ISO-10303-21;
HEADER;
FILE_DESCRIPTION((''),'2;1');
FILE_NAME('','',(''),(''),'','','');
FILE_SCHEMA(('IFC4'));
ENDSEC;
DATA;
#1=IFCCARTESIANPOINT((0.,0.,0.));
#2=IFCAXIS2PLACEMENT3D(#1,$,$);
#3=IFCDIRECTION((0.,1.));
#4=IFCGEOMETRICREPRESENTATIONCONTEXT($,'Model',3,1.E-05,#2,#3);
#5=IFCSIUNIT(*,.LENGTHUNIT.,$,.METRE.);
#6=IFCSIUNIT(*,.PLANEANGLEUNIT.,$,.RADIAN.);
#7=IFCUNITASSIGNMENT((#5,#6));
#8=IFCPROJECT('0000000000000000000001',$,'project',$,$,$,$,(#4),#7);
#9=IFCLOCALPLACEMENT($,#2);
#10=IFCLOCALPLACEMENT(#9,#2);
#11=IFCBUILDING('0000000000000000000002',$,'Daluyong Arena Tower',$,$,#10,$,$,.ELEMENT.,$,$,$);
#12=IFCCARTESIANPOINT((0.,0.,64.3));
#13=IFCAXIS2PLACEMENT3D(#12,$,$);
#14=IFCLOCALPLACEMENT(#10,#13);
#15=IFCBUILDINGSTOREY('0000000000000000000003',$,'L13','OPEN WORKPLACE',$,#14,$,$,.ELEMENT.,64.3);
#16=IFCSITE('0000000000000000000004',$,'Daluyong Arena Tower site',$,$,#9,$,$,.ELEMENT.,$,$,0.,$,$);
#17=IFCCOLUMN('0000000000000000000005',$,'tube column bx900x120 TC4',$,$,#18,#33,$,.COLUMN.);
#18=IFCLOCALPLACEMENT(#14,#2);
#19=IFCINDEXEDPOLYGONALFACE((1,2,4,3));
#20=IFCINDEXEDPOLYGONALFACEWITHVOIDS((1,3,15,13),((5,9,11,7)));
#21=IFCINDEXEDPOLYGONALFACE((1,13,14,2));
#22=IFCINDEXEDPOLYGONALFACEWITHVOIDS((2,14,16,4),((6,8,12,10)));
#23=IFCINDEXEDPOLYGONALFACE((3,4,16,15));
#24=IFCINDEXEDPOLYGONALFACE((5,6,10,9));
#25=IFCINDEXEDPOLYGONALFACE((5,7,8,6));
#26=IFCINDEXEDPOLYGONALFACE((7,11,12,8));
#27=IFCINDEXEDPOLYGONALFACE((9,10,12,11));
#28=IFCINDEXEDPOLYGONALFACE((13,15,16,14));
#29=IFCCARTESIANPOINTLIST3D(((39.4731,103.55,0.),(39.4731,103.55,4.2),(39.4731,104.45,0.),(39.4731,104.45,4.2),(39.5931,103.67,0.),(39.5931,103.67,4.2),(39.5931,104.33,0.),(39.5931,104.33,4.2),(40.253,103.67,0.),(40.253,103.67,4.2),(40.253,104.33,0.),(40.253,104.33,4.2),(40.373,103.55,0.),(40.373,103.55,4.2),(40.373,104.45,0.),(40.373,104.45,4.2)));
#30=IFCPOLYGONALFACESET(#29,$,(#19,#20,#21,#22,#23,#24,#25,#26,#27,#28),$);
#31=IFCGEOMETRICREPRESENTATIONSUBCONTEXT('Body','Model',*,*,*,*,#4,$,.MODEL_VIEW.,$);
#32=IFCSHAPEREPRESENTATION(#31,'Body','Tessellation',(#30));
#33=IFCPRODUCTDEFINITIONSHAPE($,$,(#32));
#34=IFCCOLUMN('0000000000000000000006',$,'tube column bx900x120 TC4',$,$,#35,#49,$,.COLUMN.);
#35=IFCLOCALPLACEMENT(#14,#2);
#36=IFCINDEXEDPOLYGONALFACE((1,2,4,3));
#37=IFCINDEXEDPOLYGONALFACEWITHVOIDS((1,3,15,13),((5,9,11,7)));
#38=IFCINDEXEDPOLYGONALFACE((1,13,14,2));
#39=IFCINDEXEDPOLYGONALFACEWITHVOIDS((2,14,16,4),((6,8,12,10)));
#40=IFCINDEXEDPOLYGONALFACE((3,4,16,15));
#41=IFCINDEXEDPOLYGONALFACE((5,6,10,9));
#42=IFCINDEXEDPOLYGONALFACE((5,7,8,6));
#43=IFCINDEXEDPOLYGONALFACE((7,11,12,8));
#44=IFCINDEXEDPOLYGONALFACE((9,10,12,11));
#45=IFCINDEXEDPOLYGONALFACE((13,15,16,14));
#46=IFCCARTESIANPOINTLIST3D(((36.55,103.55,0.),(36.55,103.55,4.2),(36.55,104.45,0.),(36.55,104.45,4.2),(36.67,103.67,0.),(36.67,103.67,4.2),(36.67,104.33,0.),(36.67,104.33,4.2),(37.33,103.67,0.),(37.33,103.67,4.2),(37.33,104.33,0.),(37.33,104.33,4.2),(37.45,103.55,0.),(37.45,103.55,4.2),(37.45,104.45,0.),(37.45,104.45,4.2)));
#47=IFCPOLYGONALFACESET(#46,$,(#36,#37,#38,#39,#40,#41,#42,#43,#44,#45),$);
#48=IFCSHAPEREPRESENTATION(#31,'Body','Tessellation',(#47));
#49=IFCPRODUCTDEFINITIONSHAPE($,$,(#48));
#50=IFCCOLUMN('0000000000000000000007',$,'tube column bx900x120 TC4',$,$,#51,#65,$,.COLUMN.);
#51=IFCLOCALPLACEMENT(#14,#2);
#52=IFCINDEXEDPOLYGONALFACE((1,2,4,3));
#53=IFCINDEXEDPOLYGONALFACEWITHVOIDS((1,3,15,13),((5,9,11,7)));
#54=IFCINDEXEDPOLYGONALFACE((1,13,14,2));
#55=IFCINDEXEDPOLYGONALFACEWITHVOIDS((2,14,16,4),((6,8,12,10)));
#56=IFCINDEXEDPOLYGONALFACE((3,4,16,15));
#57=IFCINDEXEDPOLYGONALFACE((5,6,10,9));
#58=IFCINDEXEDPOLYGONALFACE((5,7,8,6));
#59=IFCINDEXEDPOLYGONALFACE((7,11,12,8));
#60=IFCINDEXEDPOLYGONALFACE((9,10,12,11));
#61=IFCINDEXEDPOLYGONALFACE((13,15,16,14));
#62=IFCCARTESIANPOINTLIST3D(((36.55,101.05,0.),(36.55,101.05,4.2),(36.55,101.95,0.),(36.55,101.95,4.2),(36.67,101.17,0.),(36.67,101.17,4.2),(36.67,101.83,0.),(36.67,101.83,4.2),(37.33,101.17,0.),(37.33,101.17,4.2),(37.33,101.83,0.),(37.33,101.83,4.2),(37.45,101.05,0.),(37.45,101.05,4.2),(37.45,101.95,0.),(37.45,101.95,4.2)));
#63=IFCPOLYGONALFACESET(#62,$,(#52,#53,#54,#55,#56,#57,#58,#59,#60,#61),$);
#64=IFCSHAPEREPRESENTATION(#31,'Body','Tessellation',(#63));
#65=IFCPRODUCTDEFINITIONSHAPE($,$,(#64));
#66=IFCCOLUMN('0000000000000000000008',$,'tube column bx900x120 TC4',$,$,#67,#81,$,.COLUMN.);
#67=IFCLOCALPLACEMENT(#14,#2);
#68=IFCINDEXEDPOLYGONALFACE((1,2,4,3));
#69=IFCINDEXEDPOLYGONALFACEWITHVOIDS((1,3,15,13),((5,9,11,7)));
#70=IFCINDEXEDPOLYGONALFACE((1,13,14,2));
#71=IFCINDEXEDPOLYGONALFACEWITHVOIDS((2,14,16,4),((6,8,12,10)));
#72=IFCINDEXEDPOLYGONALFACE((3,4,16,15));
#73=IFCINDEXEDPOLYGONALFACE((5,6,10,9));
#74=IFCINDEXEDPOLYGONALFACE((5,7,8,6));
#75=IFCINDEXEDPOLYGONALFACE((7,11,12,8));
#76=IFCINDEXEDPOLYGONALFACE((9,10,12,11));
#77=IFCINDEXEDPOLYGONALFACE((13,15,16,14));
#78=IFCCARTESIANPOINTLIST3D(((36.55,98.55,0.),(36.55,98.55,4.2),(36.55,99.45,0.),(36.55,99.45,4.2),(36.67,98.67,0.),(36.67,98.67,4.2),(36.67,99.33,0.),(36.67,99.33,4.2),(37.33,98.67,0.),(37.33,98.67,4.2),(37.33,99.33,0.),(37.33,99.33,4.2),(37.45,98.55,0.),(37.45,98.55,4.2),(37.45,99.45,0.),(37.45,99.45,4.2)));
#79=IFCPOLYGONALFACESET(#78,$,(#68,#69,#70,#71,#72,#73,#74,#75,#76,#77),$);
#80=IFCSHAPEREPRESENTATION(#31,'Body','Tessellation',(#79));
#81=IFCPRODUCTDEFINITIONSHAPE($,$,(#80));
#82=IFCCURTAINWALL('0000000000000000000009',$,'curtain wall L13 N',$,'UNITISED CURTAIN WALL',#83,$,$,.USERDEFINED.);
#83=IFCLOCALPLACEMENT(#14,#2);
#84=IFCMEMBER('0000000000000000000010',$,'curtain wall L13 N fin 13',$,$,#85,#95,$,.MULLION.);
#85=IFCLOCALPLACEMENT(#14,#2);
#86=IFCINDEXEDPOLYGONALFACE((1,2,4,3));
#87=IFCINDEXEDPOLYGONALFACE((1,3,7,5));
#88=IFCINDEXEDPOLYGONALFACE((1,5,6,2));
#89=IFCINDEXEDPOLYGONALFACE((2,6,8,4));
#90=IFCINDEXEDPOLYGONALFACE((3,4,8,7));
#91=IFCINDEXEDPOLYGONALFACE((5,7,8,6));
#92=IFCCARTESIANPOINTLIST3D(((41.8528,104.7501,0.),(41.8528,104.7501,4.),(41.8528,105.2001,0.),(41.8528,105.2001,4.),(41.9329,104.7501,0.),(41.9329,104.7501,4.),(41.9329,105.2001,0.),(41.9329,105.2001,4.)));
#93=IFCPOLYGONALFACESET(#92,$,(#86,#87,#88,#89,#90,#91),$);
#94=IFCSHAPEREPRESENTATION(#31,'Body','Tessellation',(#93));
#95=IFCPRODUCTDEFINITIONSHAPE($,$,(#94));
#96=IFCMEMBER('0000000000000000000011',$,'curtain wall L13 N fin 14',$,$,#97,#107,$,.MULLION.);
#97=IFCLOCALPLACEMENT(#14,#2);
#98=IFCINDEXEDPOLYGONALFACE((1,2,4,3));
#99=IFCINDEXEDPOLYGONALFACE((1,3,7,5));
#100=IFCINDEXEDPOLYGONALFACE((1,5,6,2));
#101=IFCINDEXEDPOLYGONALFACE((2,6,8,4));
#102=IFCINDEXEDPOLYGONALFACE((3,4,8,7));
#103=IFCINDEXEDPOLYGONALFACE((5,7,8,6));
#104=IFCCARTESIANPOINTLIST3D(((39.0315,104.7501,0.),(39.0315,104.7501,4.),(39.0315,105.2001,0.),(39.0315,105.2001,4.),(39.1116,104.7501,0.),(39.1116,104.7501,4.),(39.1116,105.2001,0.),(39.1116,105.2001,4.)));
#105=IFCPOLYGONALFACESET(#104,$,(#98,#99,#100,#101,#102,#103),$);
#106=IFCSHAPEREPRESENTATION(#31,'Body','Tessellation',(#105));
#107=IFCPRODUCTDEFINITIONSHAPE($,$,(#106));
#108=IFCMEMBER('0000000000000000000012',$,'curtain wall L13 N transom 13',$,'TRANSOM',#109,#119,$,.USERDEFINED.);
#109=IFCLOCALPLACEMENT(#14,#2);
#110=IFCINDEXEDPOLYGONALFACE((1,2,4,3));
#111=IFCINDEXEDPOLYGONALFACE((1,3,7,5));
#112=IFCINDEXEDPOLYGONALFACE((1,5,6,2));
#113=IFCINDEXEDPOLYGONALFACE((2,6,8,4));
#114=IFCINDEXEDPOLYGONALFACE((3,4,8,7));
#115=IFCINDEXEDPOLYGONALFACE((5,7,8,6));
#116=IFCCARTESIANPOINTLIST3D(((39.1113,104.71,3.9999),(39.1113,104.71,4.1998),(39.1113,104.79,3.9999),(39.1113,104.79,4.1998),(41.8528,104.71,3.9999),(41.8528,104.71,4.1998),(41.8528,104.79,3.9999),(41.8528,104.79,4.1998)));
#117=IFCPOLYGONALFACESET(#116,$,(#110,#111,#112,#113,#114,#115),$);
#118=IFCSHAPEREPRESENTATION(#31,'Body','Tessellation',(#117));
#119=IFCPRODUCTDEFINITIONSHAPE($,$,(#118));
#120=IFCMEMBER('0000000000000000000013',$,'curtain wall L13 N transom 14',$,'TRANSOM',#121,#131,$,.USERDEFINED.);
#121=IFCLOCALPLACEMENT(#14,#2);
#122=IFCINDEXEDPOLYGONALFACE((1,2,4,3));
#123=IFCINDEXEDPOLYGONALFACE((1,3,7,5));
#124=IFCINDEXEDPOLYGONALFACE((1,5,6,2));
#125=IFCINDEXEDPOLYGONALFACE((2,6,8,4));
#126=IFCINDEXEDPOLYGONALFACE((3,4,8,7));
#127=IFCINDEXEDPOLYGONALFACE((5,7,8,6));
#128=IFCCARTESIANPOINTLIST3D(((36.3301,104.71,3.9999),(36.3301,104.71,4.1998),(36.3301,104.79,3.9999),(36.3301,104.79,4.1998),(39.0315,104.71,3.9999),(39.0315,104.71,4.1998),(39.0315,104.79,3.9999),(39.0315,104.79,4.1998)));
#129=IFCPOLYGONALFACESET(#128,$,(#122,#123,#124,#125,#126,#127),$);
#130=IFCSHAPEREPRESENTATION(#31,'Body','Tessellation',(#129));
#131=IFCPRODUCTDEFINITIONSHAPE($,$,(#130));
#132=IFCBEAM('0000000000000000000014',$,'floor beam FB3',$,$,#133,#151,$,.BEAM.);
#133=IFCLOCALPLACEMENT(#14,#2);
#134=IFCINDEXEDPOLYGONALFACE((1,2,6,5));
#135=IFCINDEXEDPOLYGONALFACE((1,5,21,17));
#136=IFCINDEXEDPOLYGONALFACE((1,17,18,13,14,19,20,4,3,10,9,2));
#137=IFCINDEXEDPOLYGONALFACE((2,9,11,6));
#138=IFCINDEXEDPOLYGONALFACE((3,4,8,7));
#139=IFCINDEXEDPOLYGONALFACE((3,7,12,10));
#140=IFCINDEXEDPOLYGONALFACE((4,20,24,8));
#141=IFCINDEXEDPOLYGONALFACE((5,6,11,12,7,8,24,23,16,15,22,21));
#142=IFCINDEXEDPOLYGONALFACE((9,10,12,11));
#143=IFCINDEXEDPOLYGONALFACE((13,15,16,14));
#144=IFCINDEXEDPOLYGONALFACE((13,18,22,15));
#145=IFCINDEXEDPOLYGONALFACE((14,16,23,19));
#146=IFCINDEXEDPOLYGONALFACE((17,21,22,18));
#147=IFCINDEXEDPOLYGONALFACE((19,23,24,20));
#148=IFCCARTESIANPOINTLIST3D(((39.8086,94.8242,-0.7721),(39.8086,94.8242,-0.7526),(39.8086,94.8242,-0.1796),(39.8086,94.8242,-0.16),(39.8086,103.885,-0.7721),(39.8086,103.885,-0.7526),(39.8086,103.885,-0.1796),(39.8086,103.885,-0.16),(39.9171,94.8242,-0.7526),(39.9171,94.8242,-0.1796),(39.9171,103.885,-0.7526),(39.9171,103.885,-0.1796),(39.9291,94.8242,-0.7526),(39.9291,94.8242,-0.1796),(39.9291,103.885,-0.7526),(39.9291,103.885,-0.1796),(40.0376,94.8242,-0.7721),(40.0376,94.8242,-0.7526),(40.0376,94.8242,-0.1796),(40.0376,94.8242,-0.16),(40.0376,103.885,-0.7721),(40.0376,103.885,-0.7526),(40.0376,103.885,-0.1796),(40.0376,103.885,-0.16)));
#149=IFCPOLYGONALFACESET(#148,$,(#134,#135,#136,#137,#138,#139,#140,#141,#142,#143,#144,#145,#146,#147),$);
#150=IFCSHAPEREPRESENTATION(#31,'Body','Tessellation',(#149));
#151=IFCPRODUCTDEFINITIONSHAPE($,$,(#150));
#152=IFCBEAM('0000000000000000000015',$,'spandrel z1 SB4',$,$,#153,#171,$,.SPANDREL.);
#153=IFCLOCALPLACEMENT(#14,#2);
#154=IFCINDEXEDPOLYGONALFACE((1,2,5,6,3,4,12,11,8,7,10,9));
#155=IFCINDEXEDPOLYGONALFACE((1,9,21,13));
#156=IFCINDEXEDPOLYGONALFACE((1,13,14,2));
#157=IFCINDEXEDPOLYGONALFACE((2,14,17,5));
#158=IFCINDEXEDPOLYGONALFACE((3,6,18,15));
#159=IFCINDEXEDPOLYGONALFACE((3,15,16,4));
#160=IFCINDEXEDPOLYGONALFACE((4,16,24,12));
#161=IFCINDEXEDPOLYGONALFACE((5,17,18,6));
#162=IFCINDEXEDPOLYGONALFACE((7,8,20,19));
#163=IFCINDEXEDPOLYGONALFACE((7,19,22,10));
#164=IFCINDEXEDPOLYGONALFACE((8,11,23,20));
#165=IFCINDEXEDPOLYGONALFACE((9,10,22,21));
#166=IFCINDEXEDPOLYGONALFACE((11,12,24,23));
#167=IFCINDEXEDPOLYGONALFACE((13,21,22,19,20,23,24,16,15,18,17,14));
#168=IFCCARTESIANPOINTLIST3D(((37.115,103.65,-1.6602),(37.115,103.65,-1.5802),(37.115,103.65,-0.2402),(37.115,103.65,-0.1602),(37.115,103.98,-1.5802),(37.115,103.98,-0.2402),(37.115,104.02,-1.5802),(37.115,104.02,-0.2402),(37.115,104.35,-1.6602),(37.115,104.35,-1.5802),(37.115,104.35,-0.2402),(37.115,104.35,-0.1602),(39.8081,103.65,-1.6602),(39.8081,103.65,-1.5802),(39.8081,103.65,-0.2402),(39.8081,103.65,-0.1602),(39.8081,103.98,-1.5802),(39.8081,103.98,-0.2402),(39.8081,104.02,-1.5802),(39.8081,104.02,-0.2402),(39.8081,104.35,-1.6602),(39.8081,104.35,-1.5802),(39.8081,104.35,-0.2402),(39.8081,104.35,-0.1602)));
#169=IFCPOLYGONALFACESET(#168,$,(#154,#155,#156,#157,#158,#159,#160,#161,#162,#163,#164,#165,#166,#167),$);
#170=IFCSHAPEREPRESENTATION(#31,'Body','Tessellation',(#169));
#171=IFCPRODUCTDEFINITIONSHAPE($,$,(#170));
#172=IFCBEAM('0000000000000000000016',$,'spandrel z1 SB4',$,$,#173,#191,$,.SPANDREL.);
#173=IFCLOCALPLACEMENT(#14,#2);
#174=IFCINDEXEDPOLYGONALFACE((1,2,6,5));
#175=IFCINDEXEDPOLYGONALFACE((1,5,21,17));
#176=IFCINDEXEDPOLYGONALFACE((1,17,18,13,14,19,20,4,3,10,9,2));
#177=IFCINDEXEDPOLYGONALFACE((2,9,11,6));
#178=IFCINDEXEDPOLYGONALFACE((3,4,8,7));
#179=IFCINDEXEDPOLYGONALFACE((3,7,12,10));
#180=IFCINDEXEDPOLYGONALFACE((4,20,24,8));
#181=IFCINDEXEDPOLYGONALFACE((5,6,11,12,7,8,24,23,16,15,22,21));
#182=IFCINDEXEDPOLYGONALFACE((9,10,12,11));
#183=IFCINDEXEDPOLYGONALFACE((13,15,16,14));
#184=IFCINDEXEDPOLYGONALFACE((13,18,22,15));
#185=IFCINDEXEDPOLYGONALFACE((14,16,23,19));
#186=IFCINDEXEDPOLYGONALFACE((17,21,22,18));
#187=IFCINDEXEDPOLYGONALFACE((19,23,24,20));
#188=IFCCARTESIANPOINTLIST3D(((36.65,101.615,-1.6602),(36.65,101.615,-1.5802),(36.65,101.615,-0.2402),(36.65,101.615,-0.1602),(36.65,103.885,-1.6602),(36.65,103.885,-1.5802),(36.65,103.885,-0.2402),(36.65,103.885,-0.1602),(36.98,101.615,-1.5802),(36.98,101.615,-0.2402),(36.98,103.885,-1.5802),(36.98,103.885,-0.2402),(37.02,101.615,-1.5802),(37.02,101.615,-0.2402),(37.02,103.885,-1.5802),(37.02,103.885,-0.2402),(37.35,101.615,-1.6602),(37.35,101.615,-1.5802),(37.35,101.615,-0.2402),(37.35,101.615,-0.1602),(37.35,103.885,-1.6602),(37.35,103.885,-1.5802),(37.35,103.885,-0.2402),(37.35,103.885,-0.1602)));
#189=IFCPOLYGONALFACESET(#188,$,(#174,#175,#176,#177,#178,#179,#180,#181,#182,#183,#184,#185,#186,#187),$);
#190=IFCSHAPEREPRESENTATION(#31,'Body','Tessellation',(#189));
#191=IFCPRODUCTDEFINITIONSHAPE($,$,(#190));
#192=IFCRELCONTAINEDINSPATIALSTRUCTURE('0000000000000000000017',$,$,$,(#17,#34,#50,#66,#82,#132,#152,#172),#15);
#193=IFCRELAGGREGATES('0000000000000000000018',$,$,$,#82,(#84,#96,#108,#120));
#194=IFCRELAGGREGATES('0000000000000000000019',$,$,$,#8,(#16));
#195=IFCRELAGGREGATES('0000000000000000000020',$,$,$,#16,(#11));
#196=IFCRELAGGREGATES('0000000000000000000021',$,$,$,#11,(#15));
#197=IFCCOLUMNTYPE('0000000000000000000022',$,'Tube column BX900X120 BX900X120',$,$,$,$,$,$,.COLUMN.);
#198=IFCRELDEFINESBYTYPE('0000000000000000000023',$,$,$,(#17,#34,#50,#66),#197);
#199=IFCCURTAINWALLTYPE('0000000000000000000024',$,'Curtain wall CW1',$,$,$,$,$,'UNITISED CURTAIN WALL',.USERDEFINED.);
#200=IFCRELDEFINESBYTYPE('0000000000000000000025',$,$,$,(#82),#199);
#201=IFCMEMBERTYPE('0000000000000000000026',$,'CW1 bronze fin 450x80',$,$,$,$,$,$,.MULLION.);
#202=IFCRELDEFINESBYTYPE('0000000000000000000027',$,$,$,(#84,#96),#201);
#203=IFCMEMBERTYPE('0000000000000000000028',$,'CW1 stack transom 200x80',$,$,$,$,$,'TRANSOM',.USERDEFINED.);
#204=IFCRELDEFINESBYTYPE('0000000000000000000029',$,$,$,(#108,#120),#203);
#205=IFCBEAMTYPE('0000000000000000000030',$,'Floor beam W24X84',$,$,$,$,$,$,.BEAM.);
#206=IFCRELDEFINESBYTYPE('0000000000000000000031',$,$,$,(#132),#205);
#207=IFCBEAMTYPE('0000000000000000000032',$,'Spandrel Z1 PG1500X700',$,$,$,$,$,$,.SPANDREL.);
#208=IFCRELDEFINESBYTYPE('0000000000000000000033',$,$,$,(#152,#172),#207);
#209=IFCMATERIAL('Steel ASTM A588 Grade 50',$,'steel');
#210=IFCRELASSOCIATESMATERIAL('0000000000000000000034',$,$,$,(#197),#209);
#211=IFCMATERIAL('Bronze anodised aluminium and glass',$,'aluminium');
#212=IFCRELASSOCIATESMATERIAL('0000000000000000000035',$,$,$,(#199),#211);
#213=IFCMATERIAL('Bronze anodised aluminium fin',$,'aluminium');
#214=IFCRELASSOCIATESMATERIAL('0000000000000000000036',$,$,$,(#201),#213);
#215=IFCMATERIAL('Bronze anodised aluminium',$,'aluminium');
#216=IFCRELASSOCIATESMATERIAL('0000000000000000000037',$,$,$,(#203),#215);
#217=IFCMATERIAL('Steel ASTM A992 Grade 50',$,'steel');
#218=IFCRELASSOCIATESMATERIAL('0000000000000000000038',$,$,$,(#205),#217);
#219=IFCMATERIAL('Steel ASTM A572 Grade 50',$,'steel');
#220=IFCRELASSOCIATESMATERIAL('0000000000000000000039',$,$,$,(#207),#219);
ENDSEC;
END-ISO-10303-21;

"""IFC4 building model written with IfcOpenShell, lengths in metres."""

from ifc_helpers import new_model, si_unit, direction, frame, origin, origin_2d, place, context, subcontext, project, spatial, rectangle, hollow_rectangle, i_section, extrude, material, material_profile, profile_set, type_object, element, aggregate, save


model = new_model("IFC4")

# Units and contexts
model_context = context("Model", 3, precision=1e-05, world=origin(), true_north=direction((0.0, 1.0)))
body_context = subcontext(model_context, "Body", "Model", "MODEL_VIEW")
ifc_project = project(units=[si_unit("LENGTHUNIT", "METRE"), si_unit("PLANEANGLEUNIT", "RADIAN")], contexts=[model_context])

# Site, building, storey
site_placement = place(None, origin())
site = spatial("IfcSite", under=ifc_project, at=site_placement, Name="Daluyong Arena Tower site", CompositionType="ELEMENT", RefElevation=0.0)
building_placement = place(site_placement, origin())
building = spatial("IfcBuilding", under=site, at=building_placement, Name="Daluyong Arena Tower", CompositionType="ELEMENT")
storey_placement = place(building_placement, frame((0.0, 0.0, 64.3)))
storey = spatial("IfcBuildingStorey", under=building, at=storey_placement, Name="L13", Description="OPEN WORKPLACE", CompositionType="ELEMENT", Elevation=64.3)

# Columns
ifc_material_1 = material(Name="Steel ASTM A588 Grade 50", Category="steel")
ifc_material_profile_1 = material_profile(ifc_material_1, hollow_rectangle(XDim=0.8999, YDim=0.8999, WallThickness=0.12, at=origin_2d()))
ifc_profile_set_1 = profile_set([ifc_material_profile_1], Name="Steel ASTM A588 Grade 50")
column_type = type_object("IfcColumnType", Name="Tube column BX900X120 BX900X120", PredefinedType="COLUMN", material=ifc_profile_set_1)
for number, where, z_axis, x_axis, name in (
    (1, (39.9231, 104.0, 0.0), (0.0, 0.0, 1.0), (1.0, 0.0, 0.0), "tube column bx900x120 TC4"),
    (2, (37.0, 104.0, 0.0), (0.0, 0.0, 1.0), (0.0, 1.0, 0.0), "tube column bx900x120 TC4"),
    (3, (37.0, 101.5, 0.0), (0.0, 0.0, 1.0), (0.0, 1.0, 0.0), "tube column bx900x120 TC4"),
    (4, (37.0, 99.0, 0.0), (0.0, 0.0, 1.0), (1.0, 0.0, 0.0), "tube column bx900x120 TC4"),
):
    element("IfcColumn", number, at=place(storey_placement, frame(where, z_axis=z_axis, x_axis=x_axis)), inside=storey, type_object=column_type, Name=name, PredefinedType="COLUMN", context=body_context, shape_type="SweptSolid", body=[
        extrude(hollow_rectangle(XDim=0.8999, YDim=0.8999, WallThickness=0.12, at=origin_2d()), origin(), (0.0, 0.0, 1.0), 4.2),
    ])

# Curtain wall, members
ifc_material_2 = material(Name="Bronze anodised aluminium and glass", Category="aluminium")
curtain_wall_type = type_object("IfcCurtainWallType", Name="Curtain wall CW1", ElementType="UNITISED CURTAIN WALL", PredefinedType="USERDEFINED", material=ifc_material_2)
curtain_wall_placement = place(storey_placement, origin())
curtain_wall = element("IfcCurtainWall", 5, at=curtain_wall_placement, inside=storey, type_object=curtain_wall_type, Name="curtain wall L13 N", ObjectType="UNITISED CURTAIN WALL", PredefinedType="USERDEFINED")
ifc_material_3 = material(Name="Bronze anodised aluminium fin", Category="aluminium")
ifc_material_profile_2 = material_profile(ifc_material_3, rectangle(XDim=0.45, YDim=0.0801, at=origin_2d()))
ifc_profile_set_2 = profile_set([ifc_material_profile_2], Name="Bronze anodised aluminium fin")
member_type_1 = type_object("IfcMemberType", Name="CW1 bronze fin 450x80", PredefinedType="MULLION", material=ifc_profile_set_2)
member_1_placement = place(storey_placement, frame((41.8928, 104.9751, 0.0), z_axis=(0.0, 0.0, 1.0), x_axis=(0.0, -1.0, 0.0)))
member_1 = element("IfcMember", 6, at=member_1_placement, type_object=member_type_1, Name="curtain wall L13 N fin 13", PredefinedType="MULLION", context=body_context, shape_type="SweptSolid", body=[
    extrude(rectangle(XDim=0.45, YDim=0.0801, at=origin_2d()), origin(), (0.0, 0.0, 1.0), 4.0),
])
member_2_placement = place(storey_placement, frame((39.0715, 104.9751, 0.0), z_axis=(0.0, 0.0, 1.0), x_axis=(0.0, -1.0, 0.0)))
member_2 = element("IfcMember", 7, at=member_2_placement, type_object=member_type_1, Name="curtain wall L13 N fin 14", PredefinedType="MULLION", context=body_context, shape_type="SweptSolid", body=[
    extrude(rectangle(XDim=0.45, YDim=0.0801, at=origin_2d()), origin(), (0.0, 0.0, 1.0), 4.0),
])
ifc_material_4 = material(Name="Bronze anodised aluminium", Category="aluminium")
ifc_material_profile_3 = material_profile(ifc_material_4, rectangle(XDim=0.0801, YDim=0.2, at=origin_2d()))
ifc_profile_set_3 = profile_set([ifc_material_profile_3], Name="Bronze anodised aluminium")
member_type_2 = type_object("IfcMemberType", Name="CW1 stack transom 200x80", ElementType="TRANSOM", PredefinedType="USERDEFINED", material=ifc_profile_set_3)
member_3_placement = place(storey_placement, frame((41.8528, 104.75, 4.0999), z_axis=(-1.0, 0.0, 0.0), x_axis=(0.0, -1.0, 0.0)))
member_3 = element("IfcMember", 8, at=member_3_placement, type_object=member_type_2, Name="curtain wall L13 N transom 13", ObjectType="TRANSOM", PredefinedType="USERDEFINED", context=body_context, shape_type="SweptSolid", body=[
    extrude(rectangle(XDim=0.0801, YDim=0.2, at=origin_2d()), origin(), (0.0, 0.0, 1.0), 2.7415),
])
member_4_placement = place(storey_placement, frame((39.0315, 104.75, 4.0999), z_axis=(-1.0, 0.0, 0.0), x_axis=(0.0, -1.0, 0.0)))
member_4 = element("IfcMember", 9, at=member_4_placement, type_object=member_type_2, Name="curtain wall L13 N transom 14", ObjectType="TRANSOM", PredefinedType="USERDEFINED", context=body_context, shape_type="SweptSolid", body=[
    extrude(rectangle(XDim=0.0801, YDim=0.2, at=origin_2d()), origin(), (0.0, 0.0, 1.0), 2.7014),
])

# Beams
ifc_material_5 = material(Name="Steel ASTM A992 Grade 50", Category="steel")
ifc_material_profile_4 = material_profile(ifc_material_5, i_section(OverallWidth=0.229, OverallDepth=0.6121, WebThickness=0.012, FlangeThickness=0.0195, at=origin_2d()))
ifc_profile_set_4 = profile_set([ifc_material_profile_4], Name="Steel ASTM A992 Grade 50")
beam_type_1 = type_object("IfcBeamType", Name="Floor beam W24X84", PredefinedType="BEAM", material=ifc_profile_set_4)
beam_1_placement = place(storey_placement, frame((39.9231, 103.885, -0.4661), z_axis=(0.0, -1.0, 0.0), x_axis=(1.0, 0.0, 0.0)))
element("IfcBeam", 10, at=beam_1_placement, inside=storey, type_object=beam_type_1, Name="floor beam FB3", PredefinedType="BEAM", context=body_context, shape_type="SweptSolid", body=[
    extrude(i_section(OverallWidth=0.229, OverallDepth=0.6121, WebThickness=0.012, FlangeThickness=0.0195, at=origin_2d()), origin(), (0.0, 0.0, 1.0), 9.0608),
])
ifc_material_6 = material(Name="Steel ASTM A572 Grade 50", Category="steel")
ifc_material_profile_5 = material_profile(ifc_material_6, i_section(OverallWidth=0.7, OverallDepth=1.5, WebThickness=0.04, FlangeThickness=0.08, at=origin_2d()))
ifc_profile_set_5 = profile_set([ifc_material_profile_5], Name="Steel ASTM A572 Grade 50")
beam_type_2 = type_object("IfcBeamType", Name="Spandrel Z1 PG1500X700", PredefinedType="SPANDREL", material=ifc_profile_set_5)
beam_2_placement = place(storey_placement, frame((39.8081, 104.0, -0.9102), z_axis=(-1.0, 0.0, 0.0), x_axis=(0.0, -1.0, 0.0)))
element("IfcBeam", 11, at=beam_2_placement, inside=storey, type_object=beam_type_2, Name="spandrel z1 SB4", PredefinedType="SPANDREL", context=body_context, shape_type="SweptSolid", body=[
    extrude(i_section(OverallWidth=0.7, OverallDepth=1.5, WebThickness=0.04, FlangeThickness=0.08, at=origin_2d()), origin(), (0.0, 0.0, 1.0), 2.6931),
])
for number, where, z_axis, x_axis, name in (
    (12, (37.0, 103.885, -0.9102), (0.0, -1.0, 0.0), (1.0, 0.0, 0.0), "spandrel z1 SB4"),
):
    element("IfcBeam", number, at=place(storey_placement, frame(where, z_axis=z_axis, x_axis=x_axis)), inside=storey, type_object=beam_type_2, Name=name, PredefinedType="SPANDREL", context=body_context, shape_type="SweptSolid", body=[
        extrude(i_section(OverallWidth=0.7, OverallDepth=1.5, WebThickness=0.04, FlangeThickness=0.08, at=origin_2d()), origin(), (0.0, 0.0, 1.0), 2.27),
    ])

aggregate(curtain_wall, [member_1, member_2, member_3, member_4])

save(model, "model.ifc")
